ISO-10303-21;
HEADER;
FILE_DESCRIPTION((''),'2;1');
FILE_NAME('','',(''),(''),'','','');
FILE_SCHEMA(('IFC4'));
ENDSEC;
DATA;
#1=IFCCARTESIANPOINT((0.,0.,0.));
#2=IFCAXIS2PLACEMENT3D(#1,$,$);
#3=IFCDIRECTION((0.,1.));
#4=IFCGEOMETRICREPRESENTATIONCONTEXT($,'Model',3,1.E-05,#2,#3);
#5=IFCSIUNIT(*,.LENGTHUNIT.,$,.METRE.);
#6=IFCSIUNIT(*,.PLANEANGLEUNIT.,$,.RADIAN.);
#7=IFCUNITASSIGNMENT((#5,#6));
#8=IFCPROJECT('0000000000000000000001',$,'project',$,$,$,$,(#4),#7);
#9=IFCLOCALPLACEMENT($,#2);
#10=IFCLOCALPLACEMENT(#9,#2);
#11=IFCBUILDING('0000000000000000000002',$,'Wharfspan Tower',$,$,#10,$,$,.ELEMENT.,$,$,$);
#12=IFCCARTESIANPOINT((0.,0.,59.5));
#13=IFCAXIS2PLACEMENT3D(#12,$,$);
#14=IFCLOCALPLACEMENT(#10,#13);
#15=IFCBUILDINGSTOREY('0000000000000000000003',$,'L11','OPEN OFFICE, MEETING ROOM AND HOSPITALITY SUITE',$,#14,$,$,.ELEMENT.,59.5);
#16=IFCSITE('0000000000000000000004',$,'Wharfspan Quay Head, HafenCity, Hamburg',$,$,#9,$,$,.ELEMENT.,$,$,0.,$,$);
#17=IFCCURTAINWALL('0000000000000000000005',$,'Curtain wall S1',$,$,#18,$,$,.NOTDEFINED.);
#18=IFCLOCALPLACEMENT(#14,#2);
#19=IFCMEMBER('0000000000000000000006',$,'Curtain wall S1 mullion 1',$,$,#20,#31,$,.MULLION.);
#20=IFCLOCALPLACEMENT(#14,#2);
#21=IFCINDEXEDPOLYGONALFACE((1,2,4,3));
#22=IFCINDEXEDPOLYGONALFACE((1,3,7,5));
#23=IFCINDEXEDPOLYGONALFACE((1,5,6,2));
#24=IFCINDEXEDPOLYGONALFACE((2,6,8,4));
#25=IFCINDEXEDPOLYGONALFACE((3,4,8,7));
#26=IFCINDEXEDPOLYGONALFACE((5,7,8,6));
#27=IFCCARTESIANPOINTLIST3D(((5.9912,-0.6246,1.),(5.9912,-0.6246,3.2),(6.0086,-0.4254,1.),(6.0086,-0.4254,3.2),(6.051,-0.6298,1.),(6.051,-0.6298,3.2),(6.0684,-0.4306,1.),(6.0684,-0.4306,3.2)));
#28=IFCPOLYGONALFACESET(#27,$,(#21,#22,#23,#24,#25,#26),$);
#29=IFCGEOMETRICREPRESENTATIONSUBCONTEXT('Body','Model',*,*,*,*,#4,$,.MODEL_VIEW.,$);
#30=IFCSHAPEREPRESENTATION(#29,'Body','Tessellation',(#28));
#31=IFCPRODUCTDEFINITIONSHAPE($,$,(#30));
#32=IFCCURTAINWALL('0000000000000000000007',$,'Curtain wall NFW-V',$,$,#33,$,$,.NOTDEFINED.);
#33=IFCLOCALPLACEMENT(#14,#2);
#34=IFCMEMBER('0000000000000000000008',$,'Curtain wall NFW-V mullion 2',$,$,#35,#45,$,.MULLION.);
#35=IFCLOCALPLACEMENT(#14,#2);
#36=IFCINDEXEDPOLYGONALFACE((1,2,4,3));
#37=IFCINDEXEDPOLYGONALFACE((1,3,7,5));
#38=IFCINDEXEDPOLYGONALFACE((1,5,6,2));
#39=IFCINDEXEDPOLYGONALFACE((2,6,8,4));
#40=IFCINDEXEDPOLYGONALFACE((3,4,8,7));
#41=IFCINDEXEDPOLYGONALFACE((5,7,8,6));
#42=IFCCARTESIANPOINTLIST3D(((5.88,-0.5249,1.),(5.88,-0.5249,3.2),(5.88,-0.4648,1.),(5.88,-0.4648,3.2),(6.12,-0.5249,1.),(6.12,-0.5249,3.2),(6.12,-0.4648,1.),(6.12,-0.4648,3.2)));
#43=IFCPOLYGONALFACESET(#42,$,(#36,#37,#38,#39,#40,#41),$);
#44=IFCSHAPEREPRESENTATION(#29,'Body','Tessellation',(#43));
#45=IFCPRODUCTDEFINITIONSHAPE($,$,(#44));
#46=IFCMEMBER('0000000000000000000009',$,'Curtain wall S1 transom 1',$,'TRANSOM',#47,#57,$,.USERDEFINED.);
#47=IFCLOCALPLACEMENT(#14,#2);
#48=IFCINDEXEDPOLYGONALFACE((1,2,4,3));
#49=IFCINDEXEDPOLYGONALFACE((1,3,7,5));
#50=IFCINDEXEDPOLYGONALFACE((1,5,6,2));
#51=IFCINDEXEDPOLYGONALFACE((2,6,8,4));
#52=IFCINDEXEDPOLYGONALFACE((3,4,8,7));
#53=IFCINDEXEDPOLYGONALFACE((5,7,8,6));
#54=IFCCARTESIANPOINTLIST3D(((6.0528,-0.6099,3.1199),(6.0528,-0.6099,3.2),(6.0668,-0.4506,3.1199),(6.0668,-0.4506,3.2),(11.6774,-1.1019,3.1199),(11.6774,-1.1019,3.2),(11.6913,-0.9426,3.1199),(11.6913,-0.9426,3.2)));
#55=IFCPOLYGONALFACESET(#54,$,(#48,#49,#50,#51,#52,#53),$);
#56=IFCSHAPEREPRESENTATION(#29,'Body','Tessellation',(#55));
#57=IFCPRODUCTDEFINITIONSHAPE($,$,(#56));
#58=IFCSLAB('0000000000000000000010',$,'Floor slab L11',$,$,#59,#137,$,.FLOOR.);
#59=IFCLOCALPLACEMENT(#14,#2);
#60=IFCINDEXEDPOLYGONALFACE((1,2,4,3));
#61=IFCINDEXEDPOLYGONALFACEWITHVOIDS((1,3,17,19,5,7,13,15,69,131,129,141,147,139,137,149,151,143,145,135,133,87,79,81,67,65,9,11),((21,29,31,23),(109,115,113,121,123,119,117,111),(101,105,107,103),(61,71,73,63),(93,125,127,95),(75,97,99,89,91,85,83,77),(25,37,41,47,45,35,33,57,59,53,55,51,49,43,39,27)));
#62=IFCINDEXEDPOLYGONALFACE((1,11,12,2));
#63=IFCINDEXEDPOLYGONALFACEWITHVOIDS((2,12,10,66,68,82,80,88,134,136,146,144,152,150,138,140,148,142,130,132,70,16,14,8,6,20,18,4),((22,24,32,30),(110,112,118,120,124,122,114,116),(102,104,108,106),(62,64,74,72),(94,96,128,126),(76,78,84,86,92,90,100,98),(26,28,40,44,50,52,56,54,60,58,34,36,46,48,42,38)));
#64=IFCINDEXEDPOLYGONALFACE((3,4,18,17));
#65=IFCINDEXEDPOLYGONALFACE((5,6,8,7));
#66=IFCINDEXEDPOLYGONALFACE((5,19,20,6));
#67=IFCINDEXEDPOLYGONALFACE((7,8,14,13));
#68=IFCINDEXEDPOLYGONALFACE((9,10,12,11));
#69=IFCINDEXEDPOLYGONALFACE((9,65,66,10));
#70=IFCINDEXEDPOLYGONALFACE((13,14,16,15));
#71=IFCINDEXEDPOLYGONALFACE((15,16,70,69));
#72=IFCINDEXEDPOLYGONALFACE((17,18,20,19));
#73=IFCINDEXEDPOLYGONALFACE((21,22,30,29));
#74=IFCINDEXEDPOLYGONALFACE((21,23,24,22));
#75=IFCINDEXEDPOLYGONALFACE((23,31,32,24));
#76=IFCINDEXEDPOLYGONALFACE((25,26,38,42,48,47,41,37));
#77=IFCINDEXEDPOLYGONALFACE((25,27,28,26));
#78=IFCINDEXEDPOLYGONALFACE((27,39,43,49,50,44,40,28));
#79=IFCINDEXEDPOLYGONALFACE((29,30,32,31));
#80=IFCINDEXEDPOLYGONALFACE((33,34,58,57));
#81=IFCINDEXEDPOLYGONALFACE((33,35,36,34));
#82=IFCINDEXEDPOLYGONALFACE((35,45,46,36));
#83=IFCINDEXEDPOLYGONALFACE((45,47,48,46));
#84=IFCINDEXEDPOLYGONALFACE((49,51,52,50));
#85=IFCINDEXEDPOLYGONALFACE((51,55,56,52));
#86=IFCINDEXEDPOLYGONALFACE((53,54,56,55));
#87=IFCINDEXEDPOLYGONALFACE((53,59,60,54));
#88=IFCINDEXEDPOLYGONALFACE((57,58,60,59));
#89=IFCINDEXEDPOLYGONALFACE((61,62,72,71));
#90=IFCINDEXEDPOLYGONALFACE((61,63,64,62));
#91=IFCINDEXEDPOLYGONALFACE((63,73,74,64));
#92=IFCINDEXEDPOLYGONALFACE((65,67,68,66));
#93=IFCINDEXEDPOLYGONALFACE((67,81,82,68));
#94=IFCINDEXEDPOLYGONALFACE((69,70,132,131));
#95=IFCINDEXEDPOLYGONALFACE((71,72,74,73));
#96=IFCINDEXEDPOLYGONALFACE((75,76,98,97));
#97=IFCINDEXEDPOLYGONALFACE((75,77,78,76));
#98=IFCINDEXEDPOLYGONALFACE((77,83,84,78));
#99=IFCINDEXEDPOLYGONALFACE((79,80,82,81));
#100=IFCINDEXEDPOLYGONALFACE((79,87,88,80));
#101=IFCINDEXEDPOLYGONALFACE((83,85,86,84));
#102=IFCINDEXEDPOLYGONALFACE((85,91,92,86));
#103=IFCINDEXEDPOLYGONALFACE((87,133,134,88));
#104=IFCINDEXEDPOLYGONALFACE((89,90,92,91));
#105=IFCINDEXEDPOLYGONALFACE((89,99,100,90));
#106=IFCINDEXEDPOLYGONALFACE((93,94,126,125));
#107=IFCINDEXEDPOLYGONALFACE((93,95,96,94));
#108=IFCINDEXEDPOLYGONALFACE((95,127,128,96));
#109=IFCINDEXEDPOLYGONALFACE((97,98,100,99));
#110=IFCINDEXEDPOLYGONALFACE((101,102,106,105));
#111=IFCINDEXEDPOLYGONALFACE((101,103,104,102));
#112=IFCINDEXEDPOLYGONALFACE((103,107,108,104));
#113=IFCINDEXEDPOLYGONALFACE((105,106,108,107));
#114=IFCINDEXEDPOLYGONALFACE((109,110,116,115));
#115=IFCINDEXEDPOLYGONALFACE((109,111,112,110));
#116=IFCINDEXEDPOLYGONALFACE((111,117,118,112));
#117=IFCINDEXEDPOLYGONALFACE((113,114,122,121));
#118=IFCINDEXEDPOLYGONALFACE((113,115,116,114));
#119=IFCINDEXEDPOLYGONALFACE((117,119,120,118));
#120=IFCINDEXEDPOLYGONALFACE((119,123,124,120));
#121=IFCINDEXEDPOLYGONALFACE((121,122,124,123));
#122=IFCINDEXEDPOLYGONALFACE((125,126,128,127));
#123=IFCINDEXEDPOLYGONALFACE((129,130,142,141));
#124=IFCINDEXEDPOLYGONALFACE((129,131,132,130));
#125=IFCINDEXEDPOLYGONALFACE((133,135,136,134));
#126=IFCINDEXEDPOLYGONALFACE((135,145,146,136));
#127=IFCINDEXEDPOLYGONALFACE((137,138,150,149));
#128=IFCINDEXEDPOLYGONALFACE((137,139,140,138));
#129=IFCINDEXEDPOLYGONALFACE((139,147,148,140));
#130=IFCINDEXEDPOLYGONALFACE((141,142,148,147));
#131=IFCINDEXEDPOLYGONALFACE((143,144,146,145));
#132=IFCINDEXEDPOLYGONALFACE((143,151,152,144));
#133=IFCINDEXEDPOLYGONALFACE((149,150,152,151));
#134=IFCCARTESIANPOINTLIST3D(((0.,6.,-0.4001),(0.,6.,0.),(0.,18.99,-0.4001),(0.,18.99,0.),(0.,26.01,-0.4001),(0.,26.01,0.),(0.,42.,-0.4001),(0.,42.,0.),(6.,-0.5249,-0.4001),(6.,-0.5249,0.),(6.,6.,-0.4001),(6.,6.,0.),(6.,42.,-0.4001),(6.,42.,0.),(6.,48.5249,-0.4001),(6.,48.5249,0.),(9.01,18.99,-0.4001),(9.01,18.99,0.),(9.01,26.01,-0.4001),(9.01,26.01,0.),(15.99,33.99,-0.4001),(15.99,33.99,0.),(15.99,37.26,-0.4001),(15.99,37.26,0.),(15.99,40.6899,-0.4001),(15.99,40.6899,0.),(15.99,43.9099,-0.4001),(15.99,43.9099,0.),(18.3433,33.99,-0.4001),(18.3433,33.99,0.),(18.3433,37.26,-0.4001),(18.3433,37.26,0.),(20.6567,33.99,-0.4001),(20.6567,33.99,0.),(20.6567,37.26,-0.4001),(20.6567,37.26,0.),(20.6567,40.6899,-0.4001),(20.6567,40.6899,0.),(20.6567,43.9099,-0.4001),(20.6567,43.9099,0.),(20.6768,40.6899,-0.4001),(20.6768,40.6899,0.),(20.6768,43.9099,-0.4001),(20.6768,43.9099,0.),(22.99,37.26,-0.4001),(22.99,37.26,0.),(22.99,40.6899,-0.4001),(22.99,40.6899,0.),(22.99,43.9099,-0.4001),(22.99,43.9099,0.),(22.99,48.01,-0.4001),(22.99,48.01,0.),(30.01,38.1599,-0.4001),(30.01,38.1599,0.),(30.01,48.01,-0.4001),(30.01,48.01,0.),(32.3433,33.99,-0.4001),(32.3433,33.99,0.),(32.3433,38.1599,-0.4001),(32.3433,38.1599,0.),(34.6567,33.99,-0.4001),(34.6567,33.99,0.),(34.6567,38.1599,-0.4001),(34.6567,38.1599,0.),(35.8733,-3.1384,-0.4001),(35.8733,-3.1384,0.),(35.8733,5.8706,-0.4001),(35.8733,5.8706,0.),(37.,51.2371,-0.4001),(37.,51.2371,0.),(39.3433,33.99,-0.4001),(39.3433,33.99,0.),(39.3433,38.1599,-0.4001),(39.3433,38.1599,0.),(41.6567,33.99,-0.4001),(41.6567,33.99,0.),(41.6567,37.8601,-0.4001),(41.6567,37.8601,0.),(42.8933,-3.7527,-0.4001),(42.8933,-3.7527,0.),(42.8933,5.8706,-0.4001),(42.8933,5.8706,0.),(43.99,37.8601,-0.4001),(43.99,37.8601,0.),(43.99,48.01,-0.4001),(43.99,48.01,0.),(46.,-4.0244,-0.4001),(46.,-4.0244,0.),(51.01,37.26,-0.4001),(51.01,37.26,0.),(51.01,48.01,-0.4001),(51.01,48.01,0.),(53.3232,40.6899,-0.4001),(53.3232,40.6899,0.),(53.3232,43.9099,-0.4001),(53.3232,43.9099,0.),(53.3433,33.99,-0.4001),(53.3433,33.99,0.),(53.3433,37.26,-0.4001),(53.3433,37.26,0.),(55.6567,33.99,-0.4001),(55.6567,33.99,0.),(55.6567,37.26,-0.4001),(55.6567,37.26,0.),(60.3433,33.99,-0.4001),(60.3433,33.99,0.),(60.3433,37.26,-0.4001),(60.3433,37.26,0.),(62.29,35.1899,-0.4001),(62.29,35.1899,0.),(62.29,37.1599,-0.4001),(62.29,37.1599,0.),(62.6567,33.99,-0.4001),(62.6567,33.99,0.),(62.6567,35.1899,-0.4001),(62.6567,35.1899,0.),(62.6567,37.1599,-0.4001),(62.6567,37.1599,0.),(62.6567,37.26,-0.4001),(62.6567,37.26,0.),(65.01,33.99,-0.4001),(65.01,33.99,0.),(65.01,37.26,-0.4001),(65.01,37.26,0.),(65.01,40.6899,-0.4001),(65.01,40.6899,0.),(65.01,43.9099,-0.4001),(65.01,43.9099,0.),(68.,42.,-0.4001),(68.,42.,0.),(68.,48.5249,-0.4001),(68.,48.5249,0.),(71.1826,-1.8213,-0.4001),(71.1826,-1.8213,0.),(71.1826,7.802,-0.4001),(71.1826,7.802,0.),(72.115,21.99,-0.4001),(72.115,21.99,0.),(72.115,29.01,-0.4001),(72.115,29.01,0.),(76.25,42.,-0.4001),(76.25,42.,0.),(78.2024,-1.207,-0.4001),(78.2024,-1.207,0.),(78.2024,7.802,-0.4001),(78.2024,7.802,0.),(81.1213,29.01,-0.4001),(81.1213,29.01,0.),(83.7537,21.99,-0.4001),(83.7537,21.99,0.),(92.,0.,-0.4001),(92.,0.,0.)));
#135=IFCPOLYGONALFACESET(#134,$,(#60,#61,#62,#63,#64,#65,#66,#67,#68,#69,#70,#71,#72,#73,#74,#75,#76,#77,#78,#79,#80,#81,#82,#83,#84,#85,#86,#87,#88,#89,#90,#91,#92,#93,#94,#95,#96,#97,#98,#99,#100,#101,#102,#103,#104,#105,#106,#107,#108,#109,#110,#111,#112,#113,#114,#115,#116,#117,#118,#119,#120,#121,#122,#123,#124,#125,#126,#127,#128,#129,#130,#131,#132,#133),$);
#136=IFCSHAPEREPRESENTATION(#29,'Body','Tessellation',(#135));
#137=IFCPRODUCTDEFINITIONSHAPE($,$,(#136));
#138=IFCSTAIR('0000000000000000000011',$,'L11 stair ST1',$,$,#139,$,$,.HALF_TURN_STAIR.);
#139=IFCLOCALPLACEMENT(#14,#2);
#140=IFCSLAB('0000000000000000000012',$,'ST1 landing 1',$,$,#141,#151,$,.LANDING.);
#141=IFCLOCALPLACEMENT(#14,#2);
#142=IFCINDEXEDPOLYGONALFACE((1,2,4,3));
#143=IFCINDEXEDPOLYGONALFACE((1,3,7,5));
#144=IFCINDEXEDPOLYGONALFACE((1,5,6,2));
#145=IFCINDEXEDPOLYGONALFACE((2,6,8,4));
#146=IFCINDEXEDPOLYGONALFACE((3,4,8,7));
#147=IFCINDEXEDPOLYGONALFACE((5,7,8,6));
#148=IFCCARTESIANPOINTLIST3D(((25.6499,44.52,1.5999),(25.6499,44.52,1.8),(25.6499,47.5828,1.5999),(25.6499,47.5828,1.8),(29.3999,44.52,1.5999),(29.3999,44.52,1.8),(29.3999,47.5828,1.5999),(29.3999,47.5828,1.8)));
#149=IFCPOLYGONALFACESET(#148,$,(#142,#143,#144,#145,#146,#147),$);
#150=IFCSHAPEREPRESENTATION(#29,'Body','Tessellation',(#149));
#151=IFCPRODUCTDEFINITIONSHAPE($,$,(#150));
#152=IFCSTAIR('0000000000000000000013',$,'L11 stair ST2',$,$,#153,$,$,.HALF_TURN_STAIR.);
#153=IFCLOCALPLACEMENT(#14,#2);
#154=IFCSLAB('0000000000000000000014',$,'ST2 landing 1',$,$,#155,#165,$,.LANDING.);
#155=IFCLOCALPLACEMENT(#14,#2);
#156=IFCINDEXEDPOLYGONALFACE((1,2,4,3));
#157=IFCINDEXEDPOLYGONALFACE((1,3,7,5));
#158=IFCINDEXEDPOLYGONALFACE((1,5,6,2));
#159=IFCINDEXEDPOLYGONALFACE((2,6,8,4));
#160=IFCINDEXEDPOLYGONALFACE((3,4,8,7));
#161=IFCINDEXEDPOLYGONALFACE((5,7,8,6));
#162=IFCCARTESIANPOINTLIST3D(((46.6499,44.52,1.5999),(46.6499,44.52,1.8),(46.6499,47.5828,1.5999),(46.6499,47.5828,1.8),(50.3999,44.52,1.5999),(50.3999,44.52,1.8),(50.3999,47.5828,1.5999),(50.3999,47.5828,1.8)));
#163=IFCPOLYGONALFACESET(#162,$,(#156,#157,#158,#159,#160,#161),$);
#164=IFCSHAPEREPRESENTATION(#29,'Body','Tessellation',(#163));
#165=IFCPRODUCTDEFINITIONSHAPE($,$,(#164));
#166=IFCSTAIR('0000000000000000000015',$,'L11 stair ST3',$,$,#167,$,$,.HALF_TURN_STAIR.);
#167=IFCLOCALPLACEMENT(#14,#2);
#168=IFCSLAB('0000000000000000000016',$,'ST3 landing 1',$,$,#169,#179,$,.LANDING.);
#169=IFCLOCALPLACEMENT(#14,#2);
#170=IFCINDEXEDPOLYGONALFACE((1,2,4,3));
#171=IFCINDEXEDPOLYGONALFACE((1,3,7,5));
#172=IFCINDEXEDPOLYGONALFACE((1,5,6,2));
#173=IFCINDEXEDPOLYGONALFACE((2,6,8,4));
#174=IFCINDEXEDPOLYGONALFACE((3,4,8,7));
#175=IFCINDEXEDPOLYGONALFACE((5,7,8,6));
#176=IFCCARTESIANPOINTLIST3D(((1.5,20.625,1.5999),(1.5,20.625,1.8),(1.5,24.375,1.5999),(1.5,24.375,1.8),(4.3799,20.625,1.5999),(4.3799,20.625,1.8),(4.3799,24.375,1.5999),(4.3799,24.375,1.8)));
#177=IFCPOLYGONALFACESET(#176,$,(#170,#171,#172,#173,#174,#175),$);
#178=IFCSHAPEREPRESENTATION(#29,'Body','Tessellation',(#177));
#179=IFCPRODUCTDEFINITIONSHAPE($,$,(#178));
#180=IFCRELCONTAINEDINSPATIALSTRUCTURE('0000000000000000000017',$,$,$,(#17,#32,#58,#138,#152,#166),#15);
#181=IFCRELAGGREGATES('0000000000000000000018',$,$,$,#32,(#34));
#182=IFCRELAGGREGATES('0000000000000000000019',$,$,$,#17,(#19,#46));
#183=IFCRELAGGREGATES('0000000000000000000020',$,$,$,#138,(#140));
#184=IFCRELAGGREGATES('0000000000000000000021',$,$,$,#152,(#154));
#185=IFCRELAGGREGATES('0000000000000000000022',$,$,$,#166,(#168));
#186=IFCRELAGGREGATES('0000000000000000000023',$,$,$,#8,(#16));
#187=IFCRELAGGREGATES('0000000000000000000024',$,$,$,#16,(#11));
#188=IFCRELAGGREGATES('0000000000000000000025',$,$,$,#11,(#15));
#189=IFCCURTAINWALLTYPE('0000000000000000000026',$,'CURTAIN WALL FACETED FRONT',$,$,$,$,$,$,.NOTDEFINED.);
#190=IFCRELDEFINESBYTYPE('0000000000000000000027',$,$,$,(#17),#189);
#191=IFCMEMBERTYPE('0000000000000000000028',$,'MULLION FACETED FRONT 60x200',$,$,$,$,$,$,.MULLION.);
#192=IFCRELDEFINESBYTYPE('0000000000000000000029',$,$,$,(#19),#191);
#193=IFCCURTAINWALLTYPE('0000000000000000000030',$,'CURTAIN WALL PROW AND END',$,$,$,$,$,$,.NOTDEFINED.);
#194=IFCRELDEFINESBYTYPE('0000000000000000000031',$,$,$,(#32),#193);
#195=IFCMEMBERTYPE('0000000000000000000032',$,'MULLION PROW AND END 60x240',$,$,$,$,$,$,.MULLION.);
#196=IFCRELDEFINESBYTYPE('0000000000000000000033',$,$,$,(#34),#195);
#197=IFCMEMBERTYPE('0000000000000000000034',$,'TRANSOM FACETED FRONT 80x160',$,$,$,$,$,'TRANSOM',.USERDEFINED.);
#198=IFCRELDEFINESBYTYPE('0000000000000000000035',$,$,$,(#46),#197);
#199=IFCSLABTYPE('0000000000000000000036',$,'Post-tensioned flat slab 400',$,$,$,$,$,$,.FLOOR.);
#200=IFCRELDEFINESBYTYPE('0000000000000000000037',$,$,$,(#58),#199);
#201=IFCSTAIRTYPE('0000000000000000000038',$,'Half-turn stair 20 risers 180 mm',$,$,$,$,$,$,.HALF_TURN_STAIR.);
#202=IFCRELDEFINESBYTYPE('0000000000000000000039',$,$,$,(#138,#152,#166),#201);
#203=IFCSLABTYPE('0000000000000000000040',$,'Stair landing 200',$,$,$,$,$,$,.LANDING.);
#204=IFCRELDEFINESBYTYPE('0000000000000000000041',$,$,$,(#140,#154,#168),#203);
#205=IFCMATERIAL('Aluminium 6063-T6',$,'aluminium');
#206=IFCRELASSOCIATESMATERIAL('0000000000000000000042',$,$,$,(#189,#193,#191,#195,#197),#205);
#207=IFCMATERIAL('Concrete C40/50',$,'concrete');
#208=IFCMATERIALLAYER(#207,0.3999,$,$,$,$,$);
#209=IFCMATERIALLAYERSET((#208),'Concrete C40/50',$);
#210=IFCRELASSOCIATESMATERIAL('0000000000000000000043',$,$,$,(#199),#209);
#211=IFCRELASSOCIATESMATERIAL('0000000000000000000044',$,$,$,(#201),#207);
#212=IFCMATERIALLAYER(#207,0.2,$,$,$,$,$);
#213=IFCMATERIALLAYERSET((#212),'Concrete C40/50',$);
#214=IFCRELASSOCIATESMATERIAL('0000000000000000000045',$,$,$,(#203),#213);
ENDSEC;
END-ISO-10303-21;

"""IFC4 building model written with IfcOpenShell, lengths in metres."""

from ifc_helpers import new_model, si_unit, direction, frame, origin, origin_2d, place, context, subcontext, project, spatial, polyline, rectangle, outline, extrude, material, layer, layer_set, material_profile, profile_set, type_object, element, aggregate, save


model = new_model("IFC4")

# Units and contexts
model_context = context("Model", 3, precision=1e-05, world=origin(), true_north=direction((0.0, 1.0)))
body_context = subcontext(model_context, "Body", "Model", "MODEL_VIEW")
ifc_project = project(units=[si_unit("LENGTHUNIT", "METRE"), si_unit("PLANEANGLEUNIT", "RADIAN")], contexts=[model_context])

# Site, building, storey
site_placement = place(None, origin())
site = spatial("IfcSite", under=ifc_project, at=site_placement, Name="Wharfspan Quay Head, HafenCity, Hamburg", CompositionType="ELEMENT", RefElevation=0.0)
building_placement = place(site_placement, origin())
building = spatial("IfcBuilding", under=site, at=building_placement, Name="Wharfspan Tower", CompositionType="ELEMENT")
storey_placement = place(building_placement, frame((0.0, 0.0, 59.5)))
storey = spatial("IfcBuildingStorey", under=building, at=storey_placement, Name="L11", Description="OPEN OFFICE, MEETING ROOM AND HOSPITALITY SUITE", CompositionType="ELEMENT", Elevation=59.5)

# Curtain walls, members
ifc_material_1 = material(Name="Aluminium 6063-T6", Category="aluminium")
curtain_wall_type_1 = type_object("IfcCurtainWallType", Name="CURTAIN WALL FACETED FRONT", PredefinedType="NOTDEFINED", material=ifc_material_1)
curtain_wall_1_placement = place(storey_placement, origin())
curtain_wall_1 = element("IfcCurtainWall", 1, at=curtain_wall_1_placement, inside=storey, type_object=curtain_wall_type_1, Name="Curtain wall S1", PredefinedType="NOTDEFINED")
ifc_material_profile_1 = material_profile(ifc_material_1, rectangle(XDim=0.2, YDim=0.0601, at=origin_2d()))
ifc_profile_set_1 = profile_set([ifc_material_profile_1], Name="Aluminium 6063-T6")
member_type_1 = type_object("IfcMemberType", Name="MULLION FACETED FRONT 60x200", PredefinedType="MULLION", material=ifc_profile_set_1)
member_1_placement = place(storey_placement, frame((6.0298, -0.5276, 1.0), z_axis=(0.0, 0.0, 1.0), x_axis=(0.087156, 0.996197, 0.0)))
member_1 = element("IfcMember", 2, at=member_1_placement, type_object=member_type_1, Name="Curtain wall S1 mullion 1", PredefinedType="MULLION", context=body_context, shape_type="SweptSolid", body=[
    extrude(rectangle(XDim=0.2, YDim=0.0601, at=origin_2d()), origin(), (0.0, 0.0, 1.0), 2.2),
])
curtain_wall_type_2 = type_object("IfcCurtainWallType", Name="CURTAIN WALL PROW AND END", PredefinedType="NOTDEFINED", material=ifc_material_1)
curtain_wall_2_placement = place(storey_placement, origin())
curtain_wall_2 = element("IfcCurtainWall", 3, at=curtain_wall_2_placement, inside=storey, type_object=curtain_wall_type_2, Name="Curtain wall NFW-V", PredefinedType="NOTDEFINED")
ifc_material_profile_2 = material_profile(ifc_material_1, rectangle(XDim=0.24, YDim=0.0601, at=origin_2d()))
ifc_profile_set_2 = profile_set([ifc_material_profile_2], Name="Aluminium 6063-T6")
member_type_2 = type_object("IfcMemberType", Name="MULLION PROW AND END 60x240", PredefinedType="MULLION", material=ifc_profile_set_2)
member_2_placement = place(storey_placement, frame((6.0, -0.4949, 1.0), z_axis=(0.0, 0.0, 1.0), x_axis=(1.0, 0.0, 0.0)))
member_2 = element("IfcMember", 4, at=member_2_placement, type_object=member_type_2, Name="Curtain wall NFW-V mullion 2", PredefinedType="MULLION", context=body_context, shape_type="SweptSolid", body=[
    extrude(rectangle(XDim=0.24, YDim=0.0601, at=origin_2d()), origin(), (0.0, 0.0, 1.0), 2.2),
])
aggregate(curtain_wall_2, [member_2])

# Member
ifc_material_profile_3 = material_profile(ifc_material_1, rectangle(XDim=0.1599, YDim=0.0801, at=origin_2d()))
ifc_profile_set_3 = profile_set([ifc_material_profile_3], Name="Aluminium 6063-T6")
member_type_3 = type_object("IfcMemberType", Name="TRANSOM FACETED FRONT 80x160", ElementType="TRANSOM", PredefinedType="USERDEFINED", material=ifc_profile_set_3)
member_3_placement = place(storey_placement, frame((6.0598, -0.5303, 3.1599), z_axis=(0.996197, -0.087132, 0.0), x_axis=(0.087132, 0.996197, 0.0)))
member_3 = element("IfcMember", 5, at=member_3_placement, type_object=member_type_3, Name="Curtain wall S1 transom 1", ObjectType="TRANSOM", PredefinedType="USERDEFINED", context=body_context, shape_type="SweptSolid", body=[
    extrude(rectangle(XDim=0.1599, YDim=0.0801, at=origin_2d()), origin(), (0.0, 0.0, 1.0), 5.646),
])
aggregate(curtain_wall_1, [member_1, member_3])

# Slab
ifc_material_2 = material(Name="Concrete C40/50", Category="concrete")
ifc_layer_1 = layer(ifc_material_2, 0.3999)
ifc_layer_set_1 = layer_set([ifc_layer_1], Name="Concrete C40/50")
slab_type_1 = type_object("IfcSlabType", Name="Post-tensioned flat slab 400", PredefinedType="FLOOR", material=ifc_layer_set_1)
slab_1_placement = place(storey_placement, frame((0.0, 0.0, -0.4001)))
element("IfcSlab", 6, at=slab_1_placement, inside=storey, type_object=slab_type_1, Name="Floor slab L11", PredefinedType="FLOOR", context=body_context, shape_type="SweptSolid", body=[
    extrude(outline(polyline([(35.8733, -3.1384), (35.8733, 5.8706), (42.8933, 5.8706), (42.8933, -3.7527), (46.0, -4.0244), (71.1826, -1.8213), (71.1826, 7.802), (78.2024, 7.802), (78.2024, -1.207), (92.0, 0.0), (83.7537, 21.99), (72.115, 21.99), (72.115, 29.01), (81.1213, 29.01), (76.25, 42.0), (68.0, 42.0), (68.0, 48.5249), (37.0, 51.2371), (6.0, 48.5249), (6.0, 42.0), (0.0, 42.0), (0.0, 26.01), (9.01, 26.01), (9.01, 18.99), (0.0, 18.99), (0.0, 6.0), (6.0, 6.0), (6.0, -0.5249), (35.8733, -3.1384)]), holes=[polyline([(62.29, 37.1599), (62.6567, 37.1599), (62.6567, 37.26), (65.01, 37.26), (65.01, 33.99), (62.6567, 33.99), (62.6567, 35.1899), (62.29, 35.1899), (62.29, 37.1599)]), polyline([(65.01, 43.9099), (65.01, 40.6899), (53.3232, 40.6899), (53.3232, 43.9099), (65.01, 43.9099)]), polyline([(55.6567, 33.99), (55.6567, 37.26), (60.3433, 37.26), (60.3433, 33.99), (55.6567, 33.99)]), polyline([(43.99, 37.8601), (43.99, 48.01), (51.01, 48.01), (51.01, 37.26), (53.3433, 37.26), (53.3433, 33.99), (41.6567, 33.99), (41.6567, 37.8601), (43.99, 37.8601)]), polyline([(34.6567, 33.99), (34.6567, 38.1599), (39.3433, 38.1599), (39.3433, 33.99), (34.6567, 33.99)]), polyline([(15.99, 40.6899), (15.99, 43.9099), (20.6567, 43.9099), (20.6768, 43.9099), (22.99, 43.9099), (22.99, 48.01), (30.01, 48.01), (30.01, 38.1599), (32.3433, 38.1599), (32.3433, 33.99), (20.6567, 33.99), (20.6567, 37.26), (22.99, 37.26), (22.99, 40.6899), (20.6768, 40.6899), (20.6567, 40.6899), (15.99, 40.6899)]), polyline([(18.3433, 37.26), (18.3433, 33.99), (15.99, 33.99), (15.99, 37.26), (18.3433, 37.26)])]), origin(), (0.0, 0.0, 1.0), 0.4001),
])

# Stairs, slabs
stair_type = type_object("IfcStairType", Name="Half-turn stair 20 risers 180 mm", PredefinedType="HALF_TURN_STAIR", material=ifc_material_2)
stair_1_placement = place(storey_placement, origin())
stair_1 = element("IfcStair", 7, at=stair_1_placement, inside=storey, type_object=stair_type, Name="L11 stair ST1", PredefinedType="HALF_TURN_STAIR")
ifc_layer_2 = layer(ifc_material_2, 0.2)
ifc_layer_set_2 = layer_set([ifc_layer_2], Name="Concrete C40/50")
slab_type_2 = type_object("IfcSlabType", Name="Stair landing 200", PredefinedType="LANDING", material=ifc_layer_set_2)
slab_2_placement = place(storey_placement, frame((0.0, 0.0, 1.5999)))
slab_2 = element("IfcSlab", 8, at=slab_2_placement, type_object=slab_type_2, Name="ST1 landing 1", PredefinedType="LANDING", context=body_context, shape_type="SweptSolid", body=[
    extrude(outline(polyline([(25.6499, 44.52), (29.3999, 44.52), (29.3999, 47.5828), (25.6499, 47.5828), (25.6499, 44.52)])), origin(), (0.0, 0.0, 1.0), 0.2002),
])
aggregate(stair_1, [slab_2])
stair_2_placement = place(storey_placement, origin())
stair_2 = element("IfcStair", 9, at=stair_2_placement, inside=storey, type_object=stair_type, Name="L11 stair ST2", PredefinedType="HALF_TURN_STAIR")
slab_3_placement = place(storey_placement, frame((0.0, 0.0, 1.5999)))
slab_3 = element("IfcSlab", 10, at=slab_3_placement, type_object=slab_type_2, Name="ST2 landing 1", PredefinedType="LANDING", context=body_context, shape_type="SweptSolid", body=[
    extrude(outline(polyline([(46.6499, 44.52), (50.3999, 44.52), (50.3999, 47.5828), (46.6499, 47.5828), (46.6499, 44.52)])), origin(), (0.0, 0.0, 1.0), 0.2002),
])
aggregate(stair_2, [slab_3])
stair_3_placement = place(storey_placement, origin())
stair_3 = element("IfcStair", 11, at=stair_3_placement, inside=storey, type_object=stair_type, Name="L11 stair ST3", PredefinedType="HALF_TURN_STAIR")
slab_4_placement = place(storey_placement, frame((0.0, 0.0, 1.5999)))
slab_4 = element("IfcSlab", 12, at=slab_4_placement, type_object=slab_type_2, Name="ST3 landing 1", PredefinedType="LANDING", context=body_context, shape_type="SweptSolid", body=[
    extrude(outline(polyline([(4.3799, 24.375), (1.5, 24.375), (1.5, 20.625), (4.3799, 20.625), (4.3799, 24.375)])), origin(), (0.0, 0.0, 1.0), 0.2002),
])
aggregate(stair_3, [slab_4])

save(model, "model.ifc")
